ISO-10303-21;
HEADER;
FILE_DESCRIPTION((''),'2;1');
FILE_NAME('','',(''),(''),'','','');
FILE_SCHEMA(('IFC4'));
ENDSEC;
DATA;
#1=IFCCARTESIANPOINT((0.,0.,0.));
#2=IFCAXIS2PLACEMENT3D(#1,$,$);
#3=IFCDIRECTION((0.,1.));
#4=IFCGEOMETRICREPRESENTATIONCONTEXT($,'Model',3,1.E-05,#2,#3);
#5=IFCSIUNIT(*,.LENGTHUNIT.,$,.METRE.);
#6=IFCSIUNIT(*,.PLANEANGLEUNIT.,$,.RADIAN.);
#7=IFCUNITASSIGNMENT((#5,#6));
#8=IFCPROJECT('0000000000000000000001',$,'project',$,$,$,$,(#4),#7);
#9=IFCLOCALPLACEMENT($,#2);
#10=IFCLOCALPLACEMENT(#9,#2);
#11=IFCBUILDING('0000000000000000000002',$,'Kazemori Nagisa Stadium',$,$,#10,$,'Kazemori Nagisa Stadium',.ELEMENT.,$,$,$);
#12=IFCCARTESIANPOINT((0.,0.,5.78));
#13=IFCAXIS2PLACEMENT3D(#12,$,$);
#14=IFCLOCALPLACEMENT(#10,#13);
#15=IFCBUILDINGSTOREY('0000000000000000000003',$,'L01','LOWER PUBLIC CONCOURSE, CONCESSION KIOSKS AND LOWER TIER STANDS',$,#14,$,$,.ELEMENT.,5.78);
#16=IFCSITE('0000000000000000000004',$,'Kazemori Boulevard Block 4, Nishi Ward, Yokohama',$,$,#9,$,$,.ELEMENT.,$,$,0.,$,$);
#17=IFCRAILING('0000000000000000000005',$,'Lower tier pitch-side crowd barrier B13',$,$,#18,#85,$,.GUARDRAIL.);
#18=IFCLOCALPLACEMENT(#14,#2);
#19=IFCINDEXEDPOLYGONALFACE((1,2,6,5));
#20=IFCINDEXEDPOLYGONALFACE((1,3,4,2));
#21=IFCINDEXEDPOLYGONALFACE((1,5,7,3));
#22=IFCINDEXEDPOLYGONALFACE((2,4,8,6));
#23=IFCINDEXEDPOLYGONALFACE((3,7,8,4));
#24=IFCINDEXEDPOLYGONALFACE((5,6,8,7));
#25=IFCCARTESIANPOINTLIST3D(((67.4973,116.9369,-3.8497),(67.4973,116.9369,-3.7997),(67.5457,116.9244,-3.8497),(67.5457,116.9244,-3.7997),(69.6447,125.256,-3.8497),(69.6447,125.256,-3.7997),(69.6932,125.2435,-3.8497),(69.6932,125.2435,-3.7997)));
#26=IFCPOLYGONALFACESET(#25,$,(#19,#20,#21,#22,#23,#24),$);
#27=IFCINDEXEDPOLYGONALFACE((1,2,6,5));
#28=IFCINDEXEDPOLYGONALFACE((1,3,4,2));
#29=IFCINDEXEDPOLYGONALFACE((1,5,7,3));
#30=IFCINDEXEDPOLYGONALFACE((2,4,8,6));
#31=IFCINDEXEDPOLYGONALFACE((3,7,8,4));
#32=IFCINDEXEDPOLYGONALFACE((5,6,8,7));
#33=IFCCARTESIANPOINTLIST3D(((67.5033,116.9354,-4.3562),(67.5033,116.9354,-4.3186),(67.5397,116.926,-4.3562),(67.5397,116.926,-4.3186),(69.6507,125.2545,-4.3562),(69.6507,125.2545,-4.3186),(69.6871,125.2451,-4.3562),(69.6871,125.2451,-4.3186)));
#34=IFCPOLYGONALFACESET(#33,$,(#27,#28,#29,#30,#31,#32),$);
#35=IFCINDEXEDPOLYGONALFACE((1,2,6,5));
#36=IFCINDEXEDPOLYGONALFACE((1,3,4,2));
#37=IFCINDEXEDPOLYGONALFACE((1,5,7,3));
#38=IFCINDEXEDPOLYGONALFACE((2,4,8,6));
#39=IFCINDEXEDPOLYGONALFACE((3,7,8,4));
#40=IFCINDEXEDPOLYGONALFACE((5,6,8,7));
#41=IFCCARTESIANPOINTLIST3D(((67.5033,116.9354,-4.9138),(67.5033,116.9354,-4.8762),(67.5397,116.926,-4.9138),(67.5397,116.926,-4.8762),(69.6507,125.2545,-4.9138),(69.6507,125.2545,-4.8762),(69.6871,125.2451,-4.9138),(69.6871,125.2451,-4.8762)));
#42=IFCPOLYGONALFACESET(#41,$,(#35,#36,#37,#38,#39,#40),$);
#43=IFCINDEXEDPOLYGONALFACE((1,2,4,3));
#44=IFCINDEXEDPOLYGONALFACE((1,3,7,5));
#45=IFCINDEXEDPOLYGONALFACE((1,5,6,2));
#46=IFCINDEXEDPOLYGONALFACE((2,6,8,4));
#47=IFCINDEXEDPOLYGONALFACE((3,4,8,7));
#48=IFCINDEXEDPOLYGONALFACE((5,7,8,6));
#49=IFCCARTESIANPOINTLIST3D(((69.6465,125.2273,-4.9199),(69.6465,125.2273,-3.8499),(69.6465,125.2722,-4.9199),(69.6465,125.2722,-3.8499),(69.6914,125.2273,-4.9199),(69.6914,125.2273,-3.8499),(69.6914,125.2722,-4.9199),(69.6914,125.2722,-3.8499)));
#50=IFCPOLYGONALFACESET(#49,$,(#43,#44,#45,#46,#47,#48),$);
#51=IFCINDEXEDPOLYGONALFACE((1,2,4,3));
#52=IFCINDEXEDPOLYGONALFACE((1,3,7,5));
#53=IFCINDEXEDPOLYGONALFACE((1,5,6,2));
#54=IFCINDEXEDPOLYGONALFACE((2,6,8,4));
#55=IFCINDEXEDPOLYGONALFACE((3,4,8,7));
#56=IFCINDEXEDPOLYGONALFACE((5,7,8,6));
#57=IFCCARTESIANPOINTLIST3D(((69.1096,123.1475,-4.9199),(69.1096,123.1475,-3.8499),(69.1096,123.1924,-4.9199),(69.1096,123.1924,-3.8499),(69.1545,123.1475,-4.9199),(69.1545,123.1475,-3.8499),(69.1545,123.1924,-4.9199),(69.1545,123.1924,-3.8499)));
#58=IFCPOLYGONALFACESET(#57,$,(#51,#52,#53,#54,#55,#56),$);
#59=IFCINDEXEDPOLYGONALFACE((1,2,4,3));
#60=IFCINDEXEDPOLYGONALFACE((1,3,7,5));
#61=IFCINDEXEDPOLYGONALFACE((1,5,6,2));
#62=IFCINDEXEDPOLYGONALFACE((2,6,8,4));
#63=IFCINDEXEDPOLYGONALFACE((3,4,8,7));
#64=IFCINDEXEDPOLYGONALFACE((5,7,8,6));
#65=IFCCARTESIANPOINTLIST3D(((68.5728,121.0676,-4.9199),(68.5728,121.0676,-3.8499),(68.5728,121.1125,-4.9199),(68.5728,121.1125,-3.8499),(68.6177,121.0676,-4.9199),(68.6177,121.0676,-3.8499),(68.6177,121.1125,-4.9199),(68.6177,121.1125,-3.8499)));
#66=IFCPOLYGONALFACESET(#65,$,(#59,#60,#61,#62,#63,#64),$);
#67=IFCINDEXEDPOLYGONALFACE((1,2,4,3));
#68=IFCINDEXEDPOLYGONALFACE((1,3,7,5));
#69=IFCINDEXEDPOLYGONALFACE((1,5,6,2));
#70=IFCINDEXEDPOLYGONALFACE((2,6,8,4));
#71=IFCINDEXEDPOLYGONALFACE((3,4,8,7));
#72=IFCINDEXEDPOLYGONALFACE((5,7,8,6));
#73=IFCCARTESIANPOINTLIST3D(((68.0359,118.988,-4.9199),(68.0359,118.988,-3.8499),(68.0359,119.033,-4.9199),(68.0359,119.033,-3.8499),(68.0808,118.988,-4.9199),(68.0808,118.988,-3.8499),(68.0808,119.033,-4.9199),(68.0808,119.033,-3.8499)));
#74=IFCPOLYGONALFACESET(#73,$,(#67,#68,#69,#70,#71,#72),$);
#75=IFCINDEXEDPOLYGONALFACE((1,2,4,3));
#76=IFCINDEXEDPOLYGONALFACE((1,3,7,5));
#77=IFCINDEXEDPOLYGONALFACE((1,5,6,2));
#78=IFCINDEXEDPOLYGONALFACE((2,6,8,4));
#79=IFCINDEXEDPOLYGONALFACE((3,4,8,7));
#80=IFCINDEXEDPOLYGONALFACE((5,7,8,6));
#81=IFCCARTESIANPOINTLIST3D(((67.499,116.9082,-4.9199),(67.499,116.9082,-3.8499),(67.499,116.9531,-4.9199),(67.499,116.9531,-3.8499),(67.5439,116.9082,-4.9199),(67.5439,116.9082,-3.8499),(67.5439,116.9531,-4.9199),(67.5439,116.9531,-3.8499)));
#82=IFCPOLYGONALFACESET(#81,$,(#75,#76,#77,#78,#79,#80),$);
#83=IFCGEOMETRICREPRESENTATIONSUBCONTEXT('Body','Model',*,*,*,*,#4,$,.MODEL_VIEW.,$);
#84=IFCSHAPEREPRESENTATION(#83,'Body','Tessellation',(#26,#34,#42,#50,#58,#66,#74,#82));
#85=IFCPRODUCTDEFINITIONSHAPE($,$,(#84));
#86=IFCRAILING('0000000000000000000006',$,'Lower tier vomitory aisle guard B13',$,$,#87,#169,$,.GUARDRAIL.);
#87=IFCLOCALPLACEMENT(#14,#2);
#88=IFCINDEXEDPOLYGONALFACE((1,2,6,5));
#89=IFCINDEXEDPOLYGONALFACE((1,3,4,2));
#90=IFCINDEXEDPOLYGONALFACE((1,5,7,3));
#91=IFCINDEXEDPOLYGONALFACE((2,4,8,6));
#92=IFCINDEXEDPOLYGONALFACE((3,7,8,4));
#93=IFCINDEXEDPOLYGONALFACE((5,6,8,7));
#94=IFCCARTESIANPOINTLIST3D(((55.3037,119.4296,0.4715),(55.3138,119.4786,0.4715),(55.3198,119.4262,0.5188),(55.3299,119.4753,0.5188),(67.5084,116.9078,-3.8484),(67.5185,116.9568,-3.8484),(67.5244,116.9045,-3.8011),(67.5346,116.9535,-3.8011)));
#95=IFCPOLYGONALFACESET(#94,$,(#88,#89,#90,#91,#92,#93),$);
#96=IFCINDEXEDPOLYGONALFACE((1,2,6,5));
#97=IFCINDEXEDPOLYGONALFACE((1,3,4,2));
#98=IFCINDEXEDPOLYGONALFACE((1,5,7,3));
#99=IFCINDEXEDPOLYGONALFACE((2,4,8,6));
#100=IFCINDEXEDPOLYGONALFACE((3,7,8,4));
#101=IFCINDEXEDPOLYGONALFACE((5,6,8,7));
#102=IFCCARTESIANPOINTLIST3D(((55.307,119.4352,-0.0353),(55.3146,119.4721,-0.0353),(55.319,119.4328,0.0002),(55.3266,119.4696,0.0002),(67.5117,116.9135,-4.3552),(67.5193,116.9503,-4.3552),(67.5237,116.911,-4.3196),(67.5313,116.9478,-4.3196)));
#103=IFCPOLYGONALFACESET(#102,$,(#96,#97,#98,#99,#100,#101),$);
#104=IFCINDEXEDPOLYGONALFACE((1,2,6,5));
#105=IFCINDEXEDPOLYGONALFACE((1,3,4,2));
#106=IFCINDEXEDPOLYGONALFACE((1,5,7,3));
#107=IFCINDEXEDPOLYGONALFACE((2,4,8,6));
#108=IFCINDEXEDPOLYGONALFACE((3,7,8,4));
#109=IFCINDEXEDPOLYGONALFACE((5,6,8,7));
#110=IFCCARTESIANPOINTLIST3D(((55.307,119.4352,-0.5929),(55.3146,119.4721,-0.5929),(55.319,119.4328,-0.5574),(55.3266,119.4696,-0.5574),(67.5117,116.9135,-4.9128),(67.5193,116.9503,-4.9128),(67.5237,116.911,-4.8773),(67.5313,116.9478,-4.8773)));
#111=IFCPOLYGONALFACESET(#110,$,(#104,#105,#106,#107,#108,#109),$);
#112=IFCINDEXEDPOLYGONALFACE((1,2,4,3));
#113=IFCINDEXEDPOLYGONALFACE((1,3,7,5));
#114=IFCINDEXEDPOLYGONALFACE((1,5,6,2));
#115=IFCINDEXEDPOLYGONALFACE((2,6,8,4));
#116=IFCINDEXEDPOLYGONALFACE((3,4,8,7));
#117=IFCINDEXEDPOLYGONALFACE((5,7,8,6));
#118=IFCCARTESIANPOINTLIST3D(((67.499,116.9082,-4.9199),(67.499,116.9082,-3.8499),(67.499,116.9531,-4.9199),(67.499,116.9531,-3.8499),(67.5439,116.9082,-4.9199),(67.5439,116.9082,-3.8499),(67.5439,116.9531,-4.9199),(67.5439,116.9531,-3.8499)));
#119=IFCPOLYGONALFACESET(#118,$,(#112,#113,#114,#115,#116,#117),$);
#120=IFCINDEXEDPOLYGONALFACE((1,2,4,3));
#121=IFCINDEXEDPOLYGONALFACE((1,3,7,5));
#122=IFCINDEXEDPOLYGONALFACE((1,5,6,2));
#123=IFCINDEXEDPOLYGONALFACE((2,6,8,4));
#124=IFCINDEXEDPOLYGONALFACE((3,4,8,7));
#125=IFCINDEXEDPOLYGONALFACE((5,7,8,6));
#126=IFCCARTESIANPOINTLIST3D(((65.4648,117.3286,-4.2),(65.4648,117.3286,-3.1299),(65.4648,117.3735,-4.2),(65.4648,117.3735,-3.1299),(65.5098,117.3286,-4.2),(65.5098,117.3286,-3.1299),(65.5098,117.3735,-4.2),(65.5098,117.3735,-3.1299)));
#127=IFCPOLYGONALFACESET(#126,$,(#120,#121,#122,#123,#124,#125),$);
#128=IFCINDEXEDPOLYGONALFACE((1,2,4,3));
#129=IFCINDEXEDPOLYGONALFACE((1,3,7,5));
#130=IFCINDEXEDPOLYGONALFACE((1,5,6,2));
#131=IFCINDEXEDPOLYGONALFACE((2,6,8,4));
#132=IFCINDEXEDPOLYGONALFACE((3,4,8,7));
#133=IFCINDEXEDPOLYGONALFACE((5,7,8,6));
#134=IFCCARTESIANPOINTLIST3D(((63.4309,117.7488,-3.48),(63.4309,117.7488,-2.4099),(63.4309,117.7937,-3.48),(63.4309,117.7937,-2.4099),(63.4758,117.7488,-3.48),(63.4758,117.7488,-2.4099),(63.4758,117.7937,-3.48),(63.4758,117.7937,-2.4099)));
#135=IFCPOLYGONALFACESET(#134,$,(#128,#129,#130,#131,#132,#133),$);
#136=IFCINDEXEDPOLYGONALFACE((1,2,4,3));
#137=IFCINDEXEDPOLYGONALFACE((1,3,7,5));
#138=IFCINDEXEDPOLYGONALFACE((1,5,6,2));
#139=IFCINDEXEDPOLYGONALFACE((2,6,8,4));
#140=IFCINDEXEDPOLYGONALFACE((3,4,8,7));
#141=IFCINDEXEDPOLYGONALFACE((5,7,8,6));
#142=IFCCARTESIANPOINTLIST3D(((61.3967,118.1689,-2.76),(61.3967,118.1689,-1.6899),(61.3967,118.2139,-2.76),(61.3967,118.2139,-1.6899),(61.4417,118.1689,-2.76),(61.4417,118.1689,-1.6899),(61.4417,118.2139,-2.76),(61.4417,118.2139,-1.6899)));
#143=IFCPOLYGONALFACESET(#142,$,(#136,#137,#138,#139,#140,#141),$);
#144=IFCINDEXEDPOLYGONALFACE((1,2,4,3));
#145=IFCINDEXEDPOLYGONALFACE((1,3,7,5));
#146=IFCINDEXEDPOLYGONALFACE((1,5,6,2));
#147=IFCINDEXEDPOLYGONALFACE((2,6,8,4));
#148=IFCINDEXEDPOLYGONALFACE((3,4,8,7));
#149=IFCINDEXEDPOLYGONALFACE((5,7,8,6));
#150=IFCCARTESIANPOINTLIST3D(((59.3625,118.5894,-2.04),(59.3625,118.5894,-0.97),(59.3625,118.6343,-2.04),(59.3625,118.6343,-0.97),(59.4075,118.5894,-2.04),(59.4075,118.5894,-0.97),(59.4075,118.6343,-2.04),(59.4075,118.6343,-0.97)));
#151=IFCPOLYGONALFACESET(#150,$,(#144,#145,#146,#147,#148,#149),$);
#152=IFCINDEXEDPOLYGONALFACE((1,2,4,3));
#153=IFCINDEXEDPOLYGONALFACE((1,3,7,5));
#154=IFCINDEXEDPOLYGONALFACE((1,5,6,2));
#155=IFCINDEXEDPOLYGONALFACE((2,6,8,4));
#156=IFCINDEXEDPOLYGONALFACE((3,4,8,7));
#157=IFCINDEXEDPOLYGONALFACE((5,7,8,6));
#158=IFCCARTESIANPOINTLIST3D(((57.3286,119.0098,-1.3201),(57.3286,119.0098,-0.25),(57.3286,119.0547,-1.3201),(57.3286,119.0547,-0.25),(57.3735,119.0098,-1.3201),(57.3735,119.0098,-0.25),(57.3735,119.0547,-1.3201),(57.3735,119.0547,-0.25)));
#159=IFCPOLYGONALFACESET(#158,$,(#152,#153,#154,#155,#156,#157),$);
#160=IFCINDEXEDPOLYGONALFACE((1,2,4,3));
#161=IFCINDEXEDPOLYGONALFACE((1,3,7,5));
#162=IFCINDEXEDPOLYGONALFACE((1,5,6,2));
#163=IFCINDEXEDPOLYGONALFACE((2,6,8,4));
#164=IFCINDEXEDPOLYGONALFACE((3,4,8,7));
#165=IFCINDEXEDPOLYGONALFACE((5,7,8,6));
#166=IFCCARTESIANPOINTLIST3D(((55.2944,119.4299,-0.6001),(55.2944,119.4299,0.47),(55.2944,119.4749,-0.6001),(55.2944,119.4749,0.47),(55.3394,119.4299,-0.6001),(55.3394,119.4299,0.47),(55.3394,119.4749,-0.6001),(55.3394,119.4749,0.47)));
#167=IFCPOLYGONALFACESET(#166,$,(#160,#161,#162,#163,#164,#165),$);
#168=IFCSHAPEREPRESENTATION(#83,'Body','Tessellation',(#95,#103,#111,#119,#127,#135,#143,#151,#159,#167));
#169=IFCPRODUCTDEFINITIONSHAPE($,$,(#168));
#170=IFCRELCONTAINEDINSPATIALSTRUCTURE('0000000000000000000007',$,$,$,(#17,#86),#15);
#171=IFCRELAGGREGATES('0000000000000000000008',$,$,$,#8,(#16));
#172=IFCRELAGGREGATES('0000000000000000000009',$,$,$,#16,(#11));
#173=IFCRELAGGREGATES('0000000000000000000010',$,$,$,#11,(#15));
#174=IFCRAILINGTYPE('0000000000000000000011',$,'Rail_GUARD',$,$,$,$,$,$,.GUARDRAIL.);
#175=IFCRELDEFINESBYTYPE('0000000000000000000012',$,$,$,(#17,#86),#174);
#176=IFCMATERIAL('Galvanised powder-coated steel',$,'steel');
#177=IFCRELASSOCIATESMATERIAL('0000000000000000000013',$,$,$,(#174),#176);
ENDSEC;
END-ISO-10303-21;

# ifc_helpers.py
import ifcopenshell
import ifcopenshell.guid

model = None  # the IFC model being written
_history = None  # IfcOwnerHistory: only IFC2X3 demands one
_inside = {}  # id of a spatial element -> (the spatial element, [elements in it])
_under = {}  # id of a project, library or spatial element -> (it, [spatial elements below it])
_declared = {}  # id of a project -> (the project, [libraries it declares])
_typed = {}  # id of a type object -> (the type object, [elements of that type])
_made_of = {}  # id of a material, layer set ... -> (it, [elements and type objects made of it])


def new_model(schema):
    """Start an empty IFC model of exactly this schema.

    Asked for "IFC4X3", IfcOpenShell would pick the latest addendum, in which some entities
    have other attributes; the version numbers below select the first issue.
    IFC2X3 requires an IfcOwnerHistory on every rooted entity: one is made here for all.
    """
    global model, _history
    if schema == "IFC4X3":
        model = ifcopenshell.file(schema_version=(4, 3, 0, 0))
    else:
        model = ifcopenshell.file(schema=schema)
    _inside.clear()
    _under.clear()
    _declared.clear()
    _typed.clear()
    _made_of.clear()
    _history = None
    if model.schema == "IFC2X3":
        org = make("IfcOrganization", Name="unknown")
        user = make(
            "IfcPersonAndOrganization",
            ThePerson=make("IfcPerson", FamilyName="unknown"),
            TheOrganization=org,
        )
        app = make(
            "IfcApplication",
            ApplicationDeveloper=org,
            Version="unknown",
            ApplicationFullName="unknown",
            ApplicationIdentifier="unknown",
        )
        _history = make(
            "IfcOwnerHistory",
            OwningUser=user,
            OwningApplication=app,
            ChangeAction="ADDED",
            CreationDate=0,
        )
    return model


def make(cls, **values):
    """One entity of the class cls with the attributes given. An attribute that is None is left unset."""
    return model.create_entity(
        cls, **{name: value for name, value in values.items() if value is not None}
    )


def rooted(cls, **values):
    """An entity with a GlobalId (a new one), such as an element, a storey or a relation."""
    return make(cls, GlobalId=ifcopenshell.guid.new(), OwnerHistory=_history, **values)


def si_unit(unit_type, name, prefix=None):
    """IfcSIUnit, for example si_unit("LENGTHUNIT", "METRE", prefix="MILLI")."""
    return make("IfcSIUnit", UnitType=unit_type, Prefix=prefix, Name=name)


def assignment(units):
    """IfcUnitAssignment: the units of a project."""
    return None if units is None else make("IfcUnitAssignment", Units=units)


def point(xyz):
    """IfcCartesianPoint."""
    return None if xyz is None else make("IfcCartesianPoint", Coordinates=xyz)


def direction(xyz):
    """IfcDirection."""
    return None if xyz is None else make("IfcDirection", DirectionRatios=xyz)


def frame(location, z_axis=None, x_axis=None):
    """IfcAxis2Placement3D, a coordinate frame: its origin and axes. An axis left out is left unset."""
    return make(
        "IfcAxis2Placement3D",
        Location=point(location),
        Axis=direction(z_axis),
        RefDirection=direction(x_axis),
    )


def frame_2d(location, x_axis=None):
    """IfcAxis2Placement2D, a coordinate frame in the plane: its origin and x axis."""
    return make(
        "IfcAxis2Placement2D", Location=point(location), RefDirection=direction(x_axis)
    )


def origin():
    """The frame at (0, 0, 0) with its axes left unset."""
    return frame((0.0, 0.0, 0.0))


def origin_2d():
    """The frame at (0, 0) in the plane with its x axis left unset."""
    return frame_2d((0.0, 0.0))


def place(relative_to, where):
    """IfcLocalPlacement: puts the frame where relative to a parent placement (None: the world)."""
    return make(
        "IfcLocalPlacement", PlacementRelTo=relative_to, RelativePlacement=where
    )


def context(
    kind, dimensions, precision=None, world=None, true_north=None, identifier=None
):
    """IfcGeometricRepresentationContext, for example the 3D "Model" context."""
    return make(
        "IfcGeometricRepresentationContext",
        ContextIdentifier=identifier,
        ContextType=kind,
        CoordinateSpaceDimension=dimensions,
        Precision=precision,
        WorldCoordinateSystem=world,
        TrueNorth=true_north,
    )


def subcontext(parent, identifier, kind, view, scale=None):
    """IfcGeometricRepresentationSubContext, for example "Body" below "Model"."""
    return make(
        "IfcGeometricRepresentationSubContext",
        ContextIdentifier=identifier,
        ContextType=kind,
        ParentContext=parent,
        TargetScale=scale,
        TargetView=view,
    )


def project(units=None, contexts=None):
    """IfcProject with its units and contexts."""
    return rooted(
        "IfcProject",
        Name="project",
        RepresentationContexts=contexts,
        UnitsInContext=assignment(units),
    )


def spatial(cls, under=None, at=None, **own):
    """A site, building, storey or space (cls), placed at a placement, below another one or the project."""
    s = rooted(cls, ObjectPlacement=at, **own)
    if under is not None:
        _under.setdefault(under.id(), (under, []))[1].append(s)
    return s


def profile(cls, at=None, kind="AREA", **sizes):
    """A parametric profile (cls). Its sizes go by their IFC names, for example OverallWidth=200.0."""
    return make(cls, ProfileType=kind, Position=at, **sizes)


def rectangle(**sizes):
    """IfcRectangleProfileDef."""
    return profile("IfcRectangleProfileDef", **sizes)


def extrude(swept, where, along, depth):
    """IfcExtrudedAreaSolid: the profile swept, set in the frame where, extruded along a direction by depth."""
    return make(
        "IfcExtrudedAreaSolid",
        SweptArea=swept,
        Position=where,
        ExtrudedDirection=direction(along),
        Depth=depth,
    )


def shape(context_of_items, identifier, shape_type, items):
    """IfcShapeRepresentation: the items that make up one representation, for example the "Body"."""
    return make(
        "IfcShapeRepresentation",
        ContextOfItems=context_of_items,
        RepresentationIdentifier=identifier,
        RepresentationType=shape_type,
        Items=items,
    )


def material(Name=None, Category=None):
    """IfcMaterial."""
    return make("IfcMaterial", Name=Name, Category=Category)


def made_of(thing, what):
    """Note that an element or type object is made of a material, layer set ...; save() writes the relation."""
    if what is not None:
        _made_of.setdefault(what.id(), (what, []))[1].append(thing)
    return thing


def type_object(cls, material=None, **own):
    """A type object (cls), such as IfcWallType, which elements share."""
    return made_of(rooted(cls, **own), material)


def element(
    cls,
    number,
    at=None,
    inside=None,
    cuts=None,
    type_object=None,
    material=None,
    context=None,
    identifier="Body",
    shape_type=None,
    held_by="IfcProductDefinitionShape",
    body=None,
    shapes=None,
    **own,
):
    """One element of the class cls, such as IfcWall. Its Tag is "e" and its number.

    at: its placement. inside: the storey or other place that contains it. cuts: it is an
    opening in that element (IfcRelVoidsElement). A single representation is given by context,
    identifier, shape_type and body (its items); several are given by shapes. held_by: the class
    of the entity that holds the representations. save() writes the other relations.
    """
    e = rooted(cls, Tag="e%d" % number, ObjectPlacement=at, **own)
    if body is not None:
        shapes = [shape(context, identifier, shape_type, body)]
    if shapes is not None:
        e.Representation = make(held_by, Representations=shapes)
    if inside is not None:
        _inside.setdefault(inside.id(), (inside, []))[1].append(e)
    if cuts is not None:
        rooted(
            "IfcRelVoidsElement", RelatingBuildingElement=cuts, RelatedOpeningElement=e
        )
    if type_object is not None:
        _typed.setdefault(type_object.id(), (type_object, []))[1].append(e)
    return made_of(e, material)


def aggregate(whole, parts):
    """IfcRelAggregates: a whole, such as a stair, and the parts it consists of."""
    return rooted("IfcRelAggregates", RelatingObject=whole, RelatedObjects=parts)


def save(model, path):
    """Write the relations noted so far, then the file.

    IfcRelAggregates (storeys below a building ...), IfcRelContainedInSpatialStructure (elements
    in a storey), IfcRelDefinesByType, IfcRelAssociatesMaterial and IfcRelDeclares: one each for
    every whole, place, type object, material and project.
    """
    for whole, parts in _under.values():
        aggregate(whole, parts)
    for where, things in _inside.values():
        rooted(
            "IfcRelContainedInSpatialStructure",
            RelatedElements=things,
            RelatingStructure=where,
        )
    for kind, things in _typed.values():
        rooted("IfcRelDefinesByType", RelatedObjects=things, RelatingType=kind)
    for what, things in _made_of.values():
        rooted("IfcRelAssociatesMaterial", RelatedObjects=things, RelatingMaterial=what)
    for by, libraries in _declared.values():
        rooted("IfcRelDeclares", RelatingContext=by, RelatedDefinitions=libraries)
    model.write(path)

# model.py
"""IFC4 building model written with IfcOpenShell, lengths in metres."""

from ifc_helpers import new_model, si_unit, direction, frame, origin, origin_2d, place, context, subcontext, project, spatial, rectangle, extrude, material, type_object, element, save


model = new_model("IFC4")

# Units and contexts
model_context = context("Model", 3, precision=1e-05, world=origin(), true_north=direction((0.0, 1.0)))
body_context = subcontext(model_context, "Body", "Model", "MODEL_VIEW")
ifc_project = project(units=[si_unit("LENGTHUNIT", "METRE"), si_unit("PLANEANGLEUNIT", "RADIAN")], contexts=[model_context])

# Site, building, storey
site_placement = place(None, origin())
site = spatial("IfcSite", under=ifc_project, at=site_placement, Name="Kazemori Boulevard Block 4, Nishi Ward, Yokohama", CompositionType="ELEMENT", RefElevation=0.0)
building_placement = place(site_placement, origin())
building = spatial("IfcBuilding", under=site, at=building_placement, Name="Kazemori Nagisa Stadium", LongName="Kazemori Nagisa Stadium", CompositionType="ELEMENT")
storey_placement = place(building_placement, frame((0.0, 0.0, 5.78)))
storey = spatial("IfcBuildingStorey", under=building, at=storey_placement, Name="L01", Description="LOWER PUBLIC CONCOURSE, CONCESSION KIOSKS AND LOWER TIER STANDS", CompositionType="ELEMENT", Elevation=5.78)

# Railings
ifc_material_1 = material(Name="Galvanised powder-coated steel", Category="steel")
railing_type_1 = type_object("IfcRailingType", Name="Rail_GUARD", PredefinedType="GUARDRAIL", material=ifc_material_1)
railing_1_placement = place(storey_placement, frame((69.6689, 125.2498, -4.9199)))
element("IfcRailing", 1, at=railing_1_placement, inside=storey, type_object=railing_type_1, Name="Lower tier pitch-side crowd barrier B13", PredefinedType="GUARDRAIL", context=body_context, shape_type="SweptSolid", body=[
    extrude(rectangle(XDim=0.05, YDim=0.05, at=origin_2d()), frame((0.0, 0.0, 1.0952), z_axis=(-0.249943, -0.96826, 0.0), x_axis=(0.96826, -0.249943, 0.0)), (0.0, 0.0, 1.0), 8.5918),
    extrude(rectangle(XDim=0.0376, YDim=0.0376, at=origin_2d()), frame((0.0, 0.0, 0.5825), z_axis=(-0.249943, -0.96826, 0.0), x_axis=(0.96826, -0.249943, 0.0)), (0.0, 0.0, 1.0), 8.5918),
    extrude(rectangle(XDim=0.0376, YDim=0.0376, at=origin_2d()), frame((0.0, 0.0, 0.0249), z_axis=(-0.249943, -0.96826, 0.0), x_axis=(0.96826, -0.249943, 0.0)), (0.0, 0.0, 1.0), 8.5918),
    extrude(rectangle(XDim=0.0449, YDim=0.0449, at=origin_2d()), origin(), (0.0, 0.0, 1.0), 1.0701),
    extrude(rectangle(XDim=0.0449, YDim=0.0449, at=origin_2d()), frame((-0.5369, -2.0798, 0.0)), (0.0, 0.0, 1.0), 1.0701),
    extrude(rectangle(XDim=0.0449, YDim=0.0449, at=origin_2d()), frame((-1.0737, -4.1597, 0.0)), (0.0, 0.0, 1.0), 1.0701),
    extrude(rectangle(XDim=0.0449, YDim=0.0449, at=origin_2d()), frame((-1.6106, -6.2393, 0.0)), (0.0, 0.0, 1.0), 1.0701),
    extrude(rectangle(XDim=0.0449, YDim=0.0449, at=origin_2d()), frame((-2.1475, -8.3191, 0.0)), (0.0, 0.0, 1.0), 1.0701),
])
railing_2_placement = place(storey_placement, frame((67.5215, 116.9307, -4.9199)))
element("IfcRailing", 2, at=railing_2_placement, inside=storey, type_object=railing_type_1, Name="Lower tier vomitory aisle guard B13", PredefinedType="GUARDRAIL", context=body_context, shape_type="SweptSolid", body=[
    extrude(rectangle(XDim=0.05, YDim=0.05, at=origin_2d()), frame((0.0, 0.0, 1.0952), z_axis=(-0.925302, 0.191187, 0.327511), x_axis=(-0.202347, -0.979314, 0.0)), (0.0, 0.0, 1.0), 13.1899),
    extrude(rectangle(XDim=0.0376, YDim=0.0376, at=origin_2d()), frame((0.0, 0.0, 0.5825), z_axis=(-0.925302, 0.191187, 0.327511), x_axis=(-0.202347, -0.979314, 0.0)), (0.0, 0.0, 1.0), 13.1899),
    extrude(rectangle(XDim=0.0376, YDim=0.0376, at=origin_2d()), frame((0.0, 0.0, 0.0249), z_axis=(-0.925302, 0.191187, 0.327511), x_axis=(-0.202347, -0.979314, 0.0)), (0.0, 0.0, 1.0), 13.1899),
    extrude(rectangle(XDim=0.0449, YDim=0.0449, at=origin_2d()), origin(), (0.0, 0.0, 1.0), 1.0701),
    extrude(rectangle(XDim=0.0449, YDim=0.0449, at=origin_2d()), frame((-2.0342, 0.4204, 0.72)), (0.0, 0.0, 1.0), 1.0701),
    extrude(rectangle(XDim=0.0449, YDim=0.0449, at=origin_2d()), frame((-4.0681, 0.8406, 1.4399)), (0.0, 0.0, 1.0), 1.0701),
    extrude(rectangle(XDim=0.0449, YDim=0.0449, at=origin_2d()), frame((-6.1023, 1.2607, 2.1599)), (0.0, 0.0, 1.0), 1.0701),
    extrude(rectangle(XDim=0.0449, YDim=0.0449, at=origin_2d()), frame((-8.1365, 1.6812, 2.8799)), (0.0, 0.0, 1.0), 1.0701),
    extrude(rectangle(XDim=0.0449, YDim=0.0449, at=origin_2d()), frame((-10.1704, 2.1016, 3.5999)), (0.0, 0.0, 1.0), 1.0701),
    extrude(rectangle(XDim=0.0449, YDim=0.0449, at=origin_2d()), frame((-12.2046, 2.5217, 4.3198)), (0.0, 0.0, 1.0), 1.0701),
])

save(model, "model.ifc")
